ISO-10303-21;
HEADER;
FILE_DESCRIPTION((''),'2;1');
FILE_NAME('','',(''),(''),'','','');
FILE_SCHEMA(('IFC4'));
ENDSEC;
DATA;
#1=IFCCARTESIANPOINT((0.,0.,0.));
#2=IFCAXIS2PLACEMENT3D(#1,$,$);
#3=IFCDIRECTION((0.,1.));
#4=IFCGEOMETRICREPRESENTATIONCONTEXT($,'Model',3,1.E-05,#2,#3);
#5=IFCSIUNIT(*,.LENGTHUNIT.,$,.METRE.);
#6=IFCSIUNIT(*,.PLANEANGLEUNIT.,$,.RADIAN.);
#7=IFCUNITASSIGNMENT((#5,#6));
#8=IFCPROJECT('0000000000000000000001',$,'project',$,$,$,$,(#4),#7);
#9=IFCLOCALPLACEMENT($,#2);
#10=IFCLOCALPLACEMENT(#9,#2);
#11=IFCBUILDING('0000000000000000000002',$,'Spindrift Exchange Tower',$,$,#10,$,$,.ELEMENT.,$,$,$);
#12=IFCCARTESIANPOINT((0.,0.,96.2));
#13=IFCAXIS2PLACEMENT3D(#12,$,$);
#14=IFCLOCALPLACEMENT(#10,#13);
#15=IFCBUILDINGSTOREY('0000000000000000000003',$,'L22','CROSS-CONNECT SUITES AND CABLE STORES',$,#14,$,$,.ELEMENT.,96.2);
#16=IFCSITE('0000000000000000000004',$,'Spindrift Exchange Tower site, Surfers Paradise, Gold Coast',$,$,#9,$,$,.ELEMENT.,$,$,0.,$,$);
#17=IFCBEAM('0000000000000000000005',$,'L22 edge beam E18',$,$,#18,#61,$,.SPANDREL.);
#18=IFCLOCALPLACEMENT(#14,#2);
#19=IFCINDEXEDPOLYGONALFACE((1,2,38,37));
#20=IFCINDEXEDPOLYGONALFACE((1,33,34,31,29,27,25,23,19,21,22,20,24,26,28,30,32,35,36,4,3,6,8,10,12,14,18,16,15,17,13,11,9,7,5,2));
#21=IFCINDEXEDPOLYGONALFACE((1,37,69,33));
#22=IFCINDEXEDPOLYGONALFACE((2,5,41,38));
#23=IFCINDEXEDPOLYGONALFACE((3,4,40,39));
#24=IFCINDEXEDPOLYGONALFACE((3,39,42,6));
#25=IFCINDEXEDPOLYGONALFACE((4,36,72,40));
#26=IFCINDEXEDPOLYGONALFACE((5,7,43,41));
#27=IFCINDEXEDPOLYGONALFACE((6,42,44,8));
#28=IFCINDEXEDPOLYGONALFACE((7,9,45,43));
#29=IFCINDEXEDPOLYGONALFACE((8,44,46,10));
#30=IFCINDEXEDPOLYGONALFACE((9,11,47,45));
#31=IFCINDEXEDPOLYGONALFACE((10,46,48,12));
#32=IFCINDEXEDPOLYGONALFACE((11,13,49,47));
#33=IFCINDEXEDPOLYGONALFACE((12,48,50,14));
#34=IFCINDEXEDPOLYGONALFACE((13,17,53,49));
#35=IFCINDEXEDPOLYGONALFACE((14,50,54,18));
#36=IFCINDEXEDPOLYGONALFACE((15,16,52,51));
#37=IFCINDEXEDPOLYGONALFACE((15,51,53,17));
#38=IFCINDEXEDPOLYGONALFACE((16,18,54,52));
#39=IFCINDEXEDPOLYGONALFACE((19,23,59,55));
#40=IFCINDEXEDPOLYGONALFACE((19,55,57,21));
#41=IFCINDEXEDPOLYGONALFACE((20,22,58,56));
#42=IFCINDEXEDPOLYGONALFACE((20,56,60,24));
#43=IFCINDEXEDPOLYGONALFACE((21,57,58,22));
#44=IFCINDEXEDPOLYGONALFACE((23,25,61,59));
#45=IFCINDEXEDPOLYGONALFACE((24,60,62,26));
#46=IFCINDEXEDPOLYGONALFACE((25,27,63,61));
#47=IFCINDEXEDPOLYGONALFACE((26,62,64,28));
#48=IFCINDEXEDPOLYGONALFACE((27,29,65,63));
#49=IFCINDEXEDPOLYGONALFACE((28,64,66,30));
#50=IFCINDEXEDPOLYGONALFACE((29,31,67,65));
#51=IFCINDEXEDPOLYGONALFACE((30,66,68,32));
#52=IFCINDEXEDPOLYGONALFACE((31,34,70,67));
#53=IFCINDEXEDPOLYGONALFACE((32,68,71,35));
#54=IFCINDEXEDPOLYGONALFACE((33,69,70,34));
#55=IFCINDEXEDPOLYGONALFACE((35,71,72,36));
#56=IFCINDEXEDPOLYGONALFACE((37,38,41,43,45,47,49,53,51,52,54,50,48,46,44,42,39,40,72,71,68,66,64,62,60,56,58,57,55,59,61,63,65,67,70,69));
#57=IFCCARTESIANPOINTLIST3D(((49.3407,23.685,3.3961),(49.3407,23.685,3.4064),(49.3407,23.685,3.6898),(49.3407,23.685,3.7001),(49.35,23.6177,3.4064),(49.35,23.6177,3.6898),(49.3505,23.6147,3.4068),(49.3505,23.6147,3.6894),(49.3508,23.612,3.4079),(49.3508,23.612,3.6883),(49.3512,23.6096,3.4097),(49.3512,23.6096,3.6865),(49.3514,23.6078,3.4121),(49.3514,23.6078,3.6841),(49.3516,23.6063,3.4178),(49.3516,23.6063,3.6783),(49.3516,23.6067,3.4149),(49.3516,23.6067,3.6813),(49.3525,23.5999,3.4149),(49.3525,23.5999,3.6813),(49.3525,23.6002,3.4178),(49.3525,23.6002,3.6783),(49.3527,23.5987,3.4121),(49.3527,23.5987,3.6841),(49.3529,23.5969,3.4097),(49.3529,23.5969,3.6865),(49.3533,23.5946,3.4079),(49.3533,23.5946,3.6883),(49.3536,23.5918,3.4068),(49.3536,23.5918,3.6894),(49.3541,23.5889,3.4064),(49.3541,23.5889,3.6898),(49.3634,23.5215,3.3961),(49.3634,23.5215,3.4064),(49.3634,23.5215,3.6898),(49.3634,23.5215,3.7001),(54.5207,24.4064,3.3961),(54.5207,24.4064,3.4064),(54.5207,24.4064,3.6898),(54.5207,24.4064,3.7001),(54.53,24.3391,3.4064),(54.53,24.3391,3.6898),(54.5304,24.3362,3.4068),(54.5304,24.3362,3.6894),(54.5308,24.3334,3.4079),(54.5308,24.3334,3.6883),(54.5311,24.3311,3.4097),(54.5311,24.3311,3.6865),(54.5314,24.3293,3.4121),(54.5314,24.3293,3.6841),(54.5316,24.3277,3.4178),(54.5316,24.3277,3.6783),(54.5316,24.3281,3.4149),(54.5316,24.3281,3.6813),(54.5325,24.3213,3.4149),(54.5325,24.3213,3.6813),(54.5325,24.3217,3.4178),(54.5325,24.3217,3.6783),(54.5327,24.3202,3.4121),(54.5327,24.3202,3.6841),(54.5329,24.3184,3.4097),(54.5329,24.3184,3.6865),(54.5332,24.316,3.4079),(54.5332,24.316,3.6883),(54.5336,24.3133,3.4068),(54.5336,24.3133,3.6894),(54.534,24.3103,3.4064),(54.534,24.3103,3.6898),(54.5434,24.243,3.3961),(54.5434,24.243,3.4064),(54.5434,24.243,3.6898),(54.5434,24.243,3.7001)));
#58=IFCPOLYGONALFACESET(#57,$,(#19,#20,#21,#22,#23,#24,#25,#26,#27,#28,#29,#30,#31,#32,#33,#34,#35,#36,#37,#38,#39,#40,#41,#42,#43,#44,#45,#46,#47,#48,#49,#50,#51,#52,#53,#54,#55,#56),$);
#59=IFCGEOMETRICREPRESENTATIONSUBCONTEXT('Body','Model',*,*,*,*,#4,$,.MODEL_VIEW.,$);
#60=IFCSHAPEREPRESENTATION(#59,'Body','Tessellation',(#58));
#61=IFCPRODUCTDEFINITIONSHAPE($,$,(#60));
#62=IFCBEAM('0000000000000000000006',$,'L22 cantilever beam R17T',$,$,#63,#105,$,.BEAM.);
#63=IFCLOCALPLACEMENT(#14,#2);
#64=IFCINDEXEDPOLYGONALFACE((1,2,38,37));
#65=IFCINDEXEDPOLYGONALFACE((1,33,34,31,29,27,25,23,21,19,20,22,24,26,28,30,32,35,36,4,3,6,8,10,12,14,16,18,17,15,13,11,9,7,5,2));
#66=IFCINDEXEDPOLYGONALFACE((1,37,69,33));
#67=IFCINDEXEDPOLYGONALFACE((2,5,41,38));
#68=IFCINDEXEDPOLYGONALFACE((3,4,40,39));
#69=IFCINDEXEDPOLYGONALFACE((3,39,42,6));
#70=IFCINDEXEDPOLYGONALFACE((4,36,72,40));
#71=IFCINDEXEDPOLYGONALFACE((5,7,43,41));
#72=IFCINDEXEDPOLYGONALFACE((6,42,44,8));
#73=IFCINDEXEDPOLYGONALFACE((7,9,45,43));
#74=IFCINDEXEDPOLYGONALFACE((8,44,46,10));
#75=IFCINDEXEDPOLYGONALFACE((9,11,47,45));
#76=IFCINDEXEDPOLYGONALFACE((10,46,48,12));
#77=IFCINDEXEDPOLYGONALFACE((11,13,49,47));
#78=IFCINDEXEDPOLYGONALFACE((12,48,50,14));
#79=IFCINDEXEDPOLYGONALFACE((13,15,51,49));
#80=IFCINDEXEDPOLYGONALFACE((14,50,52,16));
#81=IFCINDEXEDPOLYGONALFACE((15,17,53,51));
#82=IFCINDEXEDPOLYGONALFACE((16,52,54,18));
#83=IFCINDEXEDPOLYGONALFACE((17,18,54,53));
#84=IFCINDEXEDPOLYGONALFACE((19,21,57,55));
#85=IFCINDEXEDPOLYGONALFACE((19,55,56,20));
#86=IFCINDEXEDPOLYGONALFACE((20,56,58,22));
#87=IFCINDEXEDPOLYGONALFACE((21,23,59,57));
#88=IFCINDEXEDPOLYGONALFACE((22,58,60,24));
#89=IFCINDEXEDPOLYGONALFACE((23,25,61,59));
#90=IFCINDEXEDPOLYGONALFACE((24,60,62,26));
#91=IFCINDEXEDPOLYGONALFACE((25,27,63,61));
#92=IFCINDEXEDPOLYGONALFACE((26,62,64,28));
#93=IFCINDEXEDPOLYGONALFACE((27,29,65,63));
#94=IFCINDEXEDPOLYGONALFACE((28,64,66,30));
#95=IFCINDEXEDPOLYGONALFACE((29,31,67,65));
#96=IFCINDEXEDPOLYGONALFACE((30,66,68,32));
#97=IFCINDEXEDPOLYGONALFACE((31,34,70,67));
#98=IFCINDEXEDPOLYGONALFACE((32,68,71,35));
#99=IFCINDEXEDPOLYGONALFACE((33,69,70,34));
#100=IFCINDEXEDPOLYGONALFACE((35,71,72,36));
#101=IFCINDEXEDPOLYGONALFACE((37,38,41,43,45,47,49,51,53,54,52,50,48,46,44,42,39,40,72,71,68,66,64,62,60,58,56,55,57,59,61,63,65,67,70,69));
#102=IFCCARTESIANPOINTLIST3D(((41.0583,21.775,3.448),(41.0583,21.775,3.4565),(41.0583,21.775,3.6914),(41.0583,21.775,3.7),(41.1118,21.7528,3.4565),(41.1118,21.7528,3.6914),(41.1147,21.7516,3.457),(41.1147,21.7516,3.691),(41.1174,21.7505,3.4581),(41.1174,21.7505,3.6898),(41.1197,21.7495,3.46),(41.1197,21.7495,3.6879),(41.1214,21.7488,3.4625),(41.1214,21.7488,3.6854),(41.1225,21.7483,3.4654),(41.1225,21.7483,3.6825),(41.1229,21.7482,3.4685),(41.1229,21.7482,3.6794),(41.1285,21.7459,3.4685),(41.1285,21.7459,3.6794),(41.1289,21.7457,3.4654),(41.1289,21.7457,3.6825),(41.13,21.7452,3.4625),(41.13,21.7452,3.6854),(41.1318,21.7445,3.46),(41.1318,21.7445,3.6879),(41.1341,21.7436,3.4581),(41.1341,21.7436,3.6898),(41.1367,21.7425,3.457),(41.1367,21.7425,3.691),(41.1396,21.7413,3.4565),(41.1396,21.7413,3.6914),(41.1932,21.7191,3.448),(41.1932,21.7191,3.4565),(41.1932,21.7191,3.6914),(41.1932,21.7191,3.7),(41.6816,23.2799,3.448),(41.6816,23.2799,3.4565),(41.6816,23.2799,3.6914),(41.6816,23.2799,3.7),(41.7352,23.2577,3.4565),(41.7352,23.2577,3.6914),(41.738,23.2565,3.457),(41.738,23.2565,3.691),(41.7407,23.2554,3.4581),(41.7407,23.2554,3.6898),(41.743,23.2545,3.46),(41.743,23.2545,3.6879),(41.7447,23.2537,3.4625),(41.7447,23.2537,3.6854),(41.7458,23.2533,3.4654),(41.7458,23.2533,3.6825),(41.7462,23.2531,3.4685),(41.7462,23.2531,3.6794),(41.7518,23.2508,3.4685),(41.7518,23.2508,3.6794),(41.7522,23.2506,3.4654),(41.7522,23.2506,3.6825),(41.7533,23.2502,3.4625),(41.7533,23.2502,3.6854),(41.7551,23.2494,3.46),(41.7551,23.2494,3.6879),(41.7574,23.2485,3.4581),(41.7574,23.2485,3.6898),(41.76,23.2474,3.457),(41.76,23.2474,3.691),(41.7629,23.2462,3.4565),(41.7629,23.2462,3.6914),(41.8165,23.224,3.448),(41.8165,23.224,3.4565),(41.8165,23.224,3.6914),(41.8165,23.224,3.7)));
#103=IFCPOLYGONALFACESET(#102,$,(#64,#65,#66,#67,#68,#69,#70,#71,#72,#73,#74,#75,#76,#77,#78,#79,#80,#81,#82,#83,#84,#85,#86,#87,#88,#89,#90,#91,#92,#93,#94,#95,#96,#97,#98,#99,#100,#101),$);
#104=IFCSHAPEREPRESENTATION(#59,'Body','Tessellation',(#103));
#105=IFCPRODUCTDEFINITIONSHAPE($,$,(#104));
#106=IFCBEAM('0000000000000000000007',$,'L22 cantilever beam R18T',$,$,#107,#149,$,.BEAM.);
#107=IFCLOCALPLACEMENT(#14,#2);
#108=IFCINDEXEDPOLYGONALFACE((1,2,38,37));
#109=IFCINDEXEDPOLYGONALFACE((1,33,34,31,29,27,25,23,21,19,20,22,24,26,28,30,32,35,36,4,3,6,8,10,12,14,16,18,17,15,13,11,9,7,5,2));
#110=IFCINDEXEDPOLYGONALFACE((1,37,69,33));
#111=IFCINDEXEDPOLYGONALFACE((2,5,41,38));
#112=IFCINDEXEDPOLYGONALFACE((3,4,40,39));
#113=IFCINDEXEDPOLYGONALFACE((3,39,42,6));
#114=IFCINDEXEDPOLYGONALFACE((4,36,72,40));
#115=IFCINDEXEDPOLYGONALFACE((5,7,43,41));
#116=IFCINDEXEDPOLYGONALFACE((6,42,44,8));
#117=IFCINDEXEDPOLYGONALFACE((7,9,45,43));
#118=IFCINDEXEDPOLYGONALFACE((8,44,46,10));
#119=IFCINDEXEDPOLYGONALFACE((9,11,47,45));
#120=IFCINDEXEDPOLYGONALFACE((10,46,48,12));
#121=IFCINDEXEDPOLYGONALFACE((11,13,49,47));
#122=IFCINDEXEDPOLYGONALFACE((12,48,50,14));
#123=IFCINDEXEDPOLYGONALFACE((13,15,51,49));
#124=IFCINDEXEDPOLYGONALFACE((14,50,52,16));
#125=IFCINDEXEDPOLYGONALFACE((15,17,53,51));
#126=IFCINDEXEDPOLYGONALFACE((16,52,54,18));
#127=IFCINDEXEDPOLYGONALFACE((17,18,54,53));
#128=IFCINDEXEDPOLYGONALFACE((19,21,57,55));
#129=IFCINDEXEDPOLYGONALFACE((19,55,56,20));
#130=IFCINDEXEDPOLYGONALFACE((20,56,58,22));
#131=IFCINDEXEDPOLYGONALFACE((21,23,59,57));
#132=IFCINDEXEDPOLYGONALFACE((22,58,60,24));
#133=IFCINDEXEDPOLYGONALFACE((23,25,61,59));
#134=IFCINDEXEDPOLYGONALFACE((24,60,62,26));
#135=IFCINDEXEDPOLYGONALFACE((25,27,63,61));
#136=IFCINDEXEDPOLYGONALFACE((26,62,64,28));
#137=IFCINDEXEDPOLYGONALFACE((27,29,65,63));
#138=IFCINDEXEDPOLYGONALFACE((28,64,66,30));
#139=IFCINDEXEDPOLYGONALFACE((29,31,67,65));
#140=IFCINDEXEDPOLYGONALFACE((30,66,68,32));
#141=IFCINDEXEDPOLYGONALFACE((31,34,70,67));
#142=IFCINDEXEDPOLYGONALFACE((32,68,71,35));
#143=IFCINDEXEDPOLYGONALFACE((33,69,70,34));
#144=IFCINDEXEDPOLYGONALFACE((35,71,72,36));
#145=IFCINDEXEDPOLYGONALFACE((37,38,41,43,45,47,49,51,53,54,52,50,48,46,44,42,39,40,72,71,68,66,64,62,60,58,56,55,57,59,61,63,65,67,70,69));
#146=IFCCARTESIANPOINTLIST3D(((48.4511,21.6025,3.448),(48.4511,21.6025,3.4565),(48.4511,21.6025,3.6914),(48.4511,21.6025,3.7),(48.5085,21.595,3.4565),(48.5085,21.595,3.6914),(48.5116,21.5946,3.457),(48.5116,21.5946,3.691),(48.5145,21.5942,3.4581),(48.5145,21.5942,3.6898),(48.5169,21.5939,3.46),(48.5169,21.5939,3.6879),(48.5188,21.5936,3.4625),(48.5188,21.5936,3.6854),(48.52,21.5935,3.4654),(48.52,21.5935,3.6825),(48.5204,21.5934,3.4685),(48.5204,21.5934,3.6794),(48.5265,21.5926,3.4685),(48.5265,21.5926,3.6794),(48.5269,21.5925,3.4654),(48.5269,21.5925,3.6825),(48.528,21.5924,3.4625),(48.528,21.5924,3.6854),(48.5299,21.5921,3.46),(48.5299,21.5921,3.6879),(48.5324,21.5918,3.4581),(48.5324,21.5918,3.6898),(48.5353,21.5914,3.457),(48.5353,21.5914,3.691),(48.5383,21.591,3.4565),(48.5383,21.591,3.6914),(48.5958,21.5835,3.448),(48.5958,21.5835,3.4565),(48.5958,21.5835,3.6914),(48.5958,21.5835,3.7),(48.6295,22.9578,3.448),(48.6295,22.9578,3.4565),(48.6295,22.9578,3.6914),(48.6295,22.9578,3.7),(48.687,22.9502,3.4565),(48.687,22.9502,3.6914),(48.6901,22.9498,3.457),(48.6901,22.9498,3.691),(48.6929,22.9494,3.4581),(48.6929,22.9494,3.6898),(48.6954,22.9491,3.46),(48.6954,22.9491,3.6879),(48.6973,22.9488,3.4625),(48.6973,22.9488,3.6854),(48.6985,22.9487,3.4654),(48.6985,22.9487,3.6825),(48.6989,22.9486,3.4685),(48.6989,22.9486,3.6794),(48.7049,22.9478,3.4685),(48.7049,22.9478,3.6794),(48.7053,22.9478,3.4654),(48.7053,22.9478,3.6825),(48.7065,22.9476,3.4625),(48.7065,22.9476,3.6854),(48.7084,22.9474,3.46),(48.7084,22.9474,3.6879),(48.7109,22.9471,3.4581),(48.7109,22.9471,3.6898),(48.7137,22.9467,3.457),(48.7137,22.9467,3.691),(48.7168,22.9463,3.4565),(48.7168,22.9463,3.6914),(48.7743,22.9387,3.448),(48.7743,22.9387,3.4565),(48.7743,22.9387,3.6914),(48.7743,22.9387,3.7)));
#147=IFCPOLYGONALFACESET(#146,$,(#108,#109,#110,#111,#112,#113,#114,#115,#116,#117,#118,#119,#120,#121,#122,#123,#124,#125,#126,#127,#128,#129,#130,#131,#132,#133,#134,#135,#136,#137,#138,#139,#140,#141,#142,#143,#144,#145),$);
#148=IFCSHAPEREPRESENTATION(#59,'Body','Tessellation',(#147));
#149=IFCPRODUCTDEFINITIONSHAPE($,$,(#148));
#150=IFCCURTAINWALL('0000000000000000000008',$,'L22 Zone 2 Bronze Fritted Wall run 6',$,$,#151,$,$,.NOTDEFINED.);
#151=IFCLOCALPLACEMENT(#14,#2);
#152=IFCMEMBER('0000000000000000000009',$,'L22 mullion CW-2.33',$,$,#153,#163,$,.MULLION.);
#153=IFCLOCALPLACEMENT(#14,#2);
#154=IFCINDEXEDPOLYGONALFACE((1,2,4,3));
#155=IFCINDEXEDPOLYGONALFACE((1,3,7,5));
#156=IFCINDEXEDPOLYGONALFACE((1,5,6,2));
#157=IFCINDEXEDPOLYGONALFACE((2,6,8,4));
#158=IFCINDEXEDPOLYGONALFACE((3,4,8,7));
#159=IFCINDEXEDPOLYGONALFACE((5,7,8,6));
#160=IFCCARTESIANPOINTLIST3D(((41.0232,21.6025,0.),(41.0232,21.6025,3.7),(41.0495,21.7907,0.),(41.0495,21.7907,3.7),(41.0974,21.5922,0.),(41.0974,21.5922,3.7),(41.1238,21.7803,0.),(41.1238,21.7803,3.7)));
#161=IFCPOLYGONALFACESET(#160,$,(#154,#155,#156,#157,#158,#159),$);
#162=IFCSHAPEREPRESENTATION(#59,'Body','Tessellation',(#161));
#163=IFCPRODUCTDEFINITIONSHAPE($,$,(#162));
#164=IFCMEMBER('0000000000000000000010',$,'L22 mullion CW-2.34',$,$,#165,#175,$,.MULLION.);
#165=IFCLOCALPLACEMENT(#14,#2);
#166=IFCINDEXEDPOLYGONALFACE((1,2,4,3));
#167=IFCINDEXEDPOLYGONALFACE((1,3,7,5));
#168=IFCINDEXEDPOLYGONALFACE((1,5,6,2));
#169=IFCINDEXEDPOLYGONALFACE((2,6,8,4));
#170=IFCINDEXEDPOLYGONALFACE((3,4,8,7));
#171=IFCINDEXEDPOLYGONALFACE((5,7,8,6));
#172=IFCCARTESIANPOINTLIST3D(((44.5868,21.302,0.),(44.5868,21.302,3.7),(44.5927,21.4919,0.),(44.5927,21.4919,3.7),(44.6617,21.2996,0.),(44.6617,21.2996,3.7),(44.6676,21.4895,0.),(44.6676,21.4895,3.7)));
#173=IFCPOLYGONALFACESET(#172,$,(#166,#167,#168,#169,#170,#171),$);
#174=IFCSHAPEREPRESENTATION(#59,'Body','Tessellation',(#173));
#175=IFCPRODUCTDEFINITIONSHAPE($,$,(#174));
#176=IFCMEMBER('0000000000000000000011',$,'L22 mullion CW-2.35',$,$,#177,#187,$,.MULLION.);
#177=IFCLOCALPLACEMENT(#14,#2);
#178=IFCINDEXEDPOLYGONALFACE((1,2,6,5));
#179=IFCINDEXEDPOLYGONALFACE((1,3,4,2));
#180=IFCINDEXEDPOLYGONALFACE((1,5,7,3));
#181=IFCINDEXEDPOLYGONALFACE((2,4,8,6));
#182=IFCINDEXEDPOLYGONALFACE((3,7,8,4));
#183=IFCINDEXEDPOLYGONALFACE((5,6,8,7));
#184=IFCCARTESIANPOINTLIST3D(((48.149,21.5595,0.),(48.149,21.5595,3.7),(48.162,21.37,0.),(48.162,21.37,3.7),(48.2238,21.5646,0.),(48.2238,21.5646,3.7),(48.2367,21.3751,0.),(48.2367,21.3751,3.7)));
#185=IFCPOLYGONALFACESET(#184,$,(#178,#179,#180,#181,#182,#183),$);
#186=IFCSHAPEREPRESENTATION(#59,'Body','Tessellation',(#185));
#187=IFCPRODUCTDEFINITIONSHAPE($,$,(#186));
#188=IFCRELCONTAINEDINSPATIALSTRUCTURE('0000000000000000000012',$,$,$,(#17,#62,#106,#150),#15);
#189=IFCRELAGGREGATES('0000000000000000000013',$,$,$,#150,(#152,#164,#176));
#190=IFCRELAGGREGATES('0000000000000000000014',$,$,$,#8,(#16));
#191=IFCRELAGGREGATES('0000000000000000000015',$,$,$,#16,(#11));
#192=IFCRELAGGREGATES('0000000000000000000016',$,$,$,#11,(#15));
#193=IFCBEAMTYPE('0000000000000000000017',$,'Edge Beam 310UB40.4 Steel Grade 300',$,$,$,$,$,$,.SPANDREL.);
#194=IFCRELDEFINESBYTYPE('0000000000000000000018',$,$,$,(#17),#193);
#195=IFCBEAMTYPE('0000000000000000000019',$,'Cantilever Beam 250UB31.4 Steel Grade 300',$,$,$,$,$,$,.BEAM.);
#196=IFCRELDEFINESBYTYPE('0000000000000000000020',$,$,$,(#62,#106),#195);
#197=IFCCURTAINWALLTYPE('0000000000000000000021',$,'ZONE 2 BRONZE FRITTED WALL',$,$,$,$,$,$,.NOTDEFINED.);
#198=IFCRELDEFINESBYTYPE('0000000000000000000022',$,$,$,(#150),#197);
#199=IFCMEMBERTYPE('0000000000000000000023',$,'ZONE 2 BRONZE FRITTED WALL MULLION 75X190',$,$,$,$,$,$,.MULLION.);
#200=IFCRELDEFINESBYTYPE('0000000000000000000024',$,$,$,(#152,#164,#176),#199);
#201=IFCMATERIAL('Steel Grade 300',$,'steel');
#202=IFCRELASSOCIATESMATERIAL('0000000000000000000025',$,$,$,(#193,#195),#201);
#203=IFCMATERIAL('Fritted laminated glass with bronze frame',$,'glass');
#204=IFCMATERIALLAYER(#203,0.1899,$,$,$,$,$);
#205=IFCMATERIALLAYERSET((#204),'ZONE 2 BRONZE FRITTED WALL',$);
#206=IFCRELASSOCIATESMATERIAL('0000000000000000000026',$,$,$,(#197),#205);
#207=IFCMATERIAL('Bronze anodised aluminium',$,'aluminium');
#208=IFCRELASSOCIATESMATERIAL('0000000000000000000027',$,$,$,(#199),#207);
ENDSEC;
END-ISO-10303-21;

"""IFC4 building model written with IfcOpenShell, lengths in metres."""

from ifc_helpers import new_model, si_unit, direction, frame, origin, origin_2d, place, context, subcontext, project, spatial, rectangle, i_section, extrude, source, transform, mapped, material, layer, layer_set, material_profile, profile_set, type_object, element, aggregate, save


model = new_model("IFC4")

# Units and contexts
model_context = context("Model", 3, precision=1e-05, world=origin(), true_north=direction((0.0, 1.0)))
body_context = subcontext(model_context, "Body", "Model", "MODEL_VIEW")
ifc_project = project(units=[si_unit("LENGTHUNIT", "METRE"), si_unit("PLANEANGLEUNIT", "RADIAN")], contexts=[model_context])

# Site, building, storey
site_placement = place(None, origin())
site = spatial("IfcSite", under=ifc_project, at=site_placement, Name="Spindrift Exchange Tower site, Surfers Paradise, Gold Coast", CompositionType="ELEMENT", RefElevation=0.0)
building_placement = place(site_placement, origin())
building = spatial("IfcBuilding", under=site, at=building_placement, Name="Spindrift Exchange Tower", CompositionType="ELEMENT")
storey_placement = place(building_placement, frame((0.0, 0.0, 96.2)))
storey = spatial("IfcBuildingStorey", under=building, at=storey_placement, Name="L22", Description="CROSS-CONNECT SUITES AND CABLE STORES", CompositionType="ELEMENT", Elevation=96.2)

# Beams
ifc_material_1 = material(Name="Steel Grade 300", Category="steel")
ifc_material_profile_1 = material_profile(ifc_material_1, i_section(OverallWidth=0.165, OverallDepth=0.304, WebThickness=0.0061, FlangeThickness=0.0103, FilletRadius=0.0115, at=origin_2d()), Name="310UB40.4")
ifc_profile_set_1 = profile_set([ifc_material_profile_1], Name="Steel Grade 300")
beam_type_1 = type_object("IfcBeamType", Name="Edge Beam 310UB40.4 Steel Grade 300", PredefinedType="SPANDREL", material=ifc_profile_set_1)
shared_shape_1 = source(origin(), body_context, "Body", "SweptSolid", [
    extrude(i_section(OverallWidth=0.165, OverallDepth=0.304, WebThickness=0.0061, FlangeThickness=0.0103, FilletRadius=0.0115, at=origin_2d()), origin(), (0.0, 0.0, 1.0), 5.23),
])
beam_1_placement = place(storey_placement, frame((49.3521, 23.6033, 3.5481), z_axis=(0.99044, 0.137944, 0.0), x_axis=(-0.137944, 0.99044, 0.0)))
element("IfcBeam", 1, at=beam_1_placement, inside=storey, type_object=beam_type_1, Name="L22 edge beam E18", PredefinedType="SPANDREL", context=body_context, shape_type="MappedRepresentation", body=[
    mapped(shared_shape_1, transform((0.0, 0.0, 0.0), scale=1.0)),
])
ifc_material_profile_2 = material_profile(ifc_material_1, i_section(OverallWidth=0.146, OverallDepth=0.252, WebThickness=0.0061, FlangeThickness=0.0085, FilletRadius=0.012, at=origin_2d()), Name="250UB31.4")
ifc_profile_set_2 = profile_set([ifc_material_profile_2], Name="Steel Grade 300")
beam_type_2 = type_object("IfcBeamType", Name="Cantilever Beam 250UB31.4 Steel Grade 300", PredefinedType="BEAM", material=ifc_profile_set_2)
shared_shape_2 = source(origin(), body_context, "Body", "SweptSolid", [
    extrude(i_section(OverallWidth=0.146, OverallDepth=0.252, WebThickness=0.0061, FlangeThickness=0.0085, FilletRadius=0.012, at=origin_2d()), origin(), (0.0, 0.0, 1.0), 1.6289),
])
beam_2_placement = place(storey_placement, frame((41.749, 23.252, 3.574), z_axis=(-0.382656, -0.923891, 0.0), x_axis=(0.923891, -0.382656, 0.0)))
element("IfcBeam", 2, at=beam_2_placement, inside=storey, type_object=beam_type_2, Name="L22 cantilever beam R17T", PredefinedType="BEAM", context=body_context, shape_type="MappedRepresentation", body=[
    mapped(shared_shape_2, transform((0.0, 0.0, 0.0), scale=1.0)),
])
shared_shape_3 = source(origin(), body_context, "Body", "SweptSolid", [
    extrude(i_section(OverallWidth=0.146, OverallDepth=0.252, WebThickness=0.0061, FlangeThickness=0.0085, FilletRadius=0.012, at=origin_2d()), origin(), (0.0, 0.0, 1.0), 1.3669),
])
beam_3_placement = place(storey_placement, frame((48.7019, 22.9482, 3.574), z_axis=(-0.130561, -0.99144, 0.0), x_axis=(0.99144, -0.130561, 0.0)))
element("IfcBeam", 3, at=beam_3_placement, inside=storey, type_object=beam_type_2, Name="L22 cantilever beam R18T", PredefinedType="BEAM", context=body_context, shape_type="MappedRepresentation", body=[
    mapped(shared_shape_3, transform((0.0, 0.0, 0.0), scale=1.0)),
])

# Curtain wall, members
ifc_material_2 = material(Name="Fritted laminated glass with bronze frame", Category="glass")
ifc_layer_1 = layer(ifc_material_2, 0.1899)
ifc_layer_set_1 = layer_set([ifc_layer_1], Name="ZONE 2 BRONZE FRITTED WALL")
curtain_wall_type = type_object("IfcCurtainWallType", Name="ZONE 2 BRONZE FRITTED WALL", PredefinedType="NOTDEFINED", material=ifc_layer_set_1)
curtain_wall_placement = place(storey_placement, origin())
curtain_wall = element("IfcCurtainWall", 4, at=curtain_wall_placement, inside=storey, type_object=curtain_wall_type, Name="L22 Zone 2 Bronze Fritted Wall run 6", PredefinedType="NOTDEFINED")
ifc_material_3 = material(Name="Bronze anodised aluminium", Category="aluminium")
ifc_material_profile_3 = material_profile(ifc_material_3, rectangle(XDim=0.075, YDim=0.1899, at=origin_2d()), Name="ZONE 2 BRONZE FRITTED WALL MULLION 75X190")
ifc_profile_set_3 = profile_set([ifc_material_profile_3], Name="Bronze anodised aluminium")
member_type_1 = type_object("IfcMemberType", Name="ZONE 2 BRONZE FRITTED WALL MULLION 75X190", PredefinedType="MULLION", material=ifc_profile_set_3)
shared_shape_4 = source(origin(), body_context, "Body", "SweptSolid", [
    extrude(rectangle(XDim=0.075, YDim=0.1899, at=origin_2d()), origin(), (0.0, 0.0, 1.0), 3.7),
])
member_1_placement = place(storey_placement, frame((41.0735, 21.6914, 0.0), z_axis=(0.0, 0.0, 1.0), x_axis=(0.99036, -0.138517, 0.0)))
member_1 = element("IfcMember", 5, at=member_1_placement, type_object=member_type_1, Name="L22 mullion CW-2.33", PredefinedType="MULLION", context=body_context, shape_type="MappedRepresentation", body=[
    mapped(shared_shape_4, transform((0.0, 0.0, 0.0), scale=1.0)),
])
member_2_placement = place(storey_placement, frame((44.6272, 21.3958, 0.0), z_axis=(0.0, 0.0, 1.0), x_axis=(0.999505, -0.031451, 0.0)))
member_2 = element("IfcMember", 6, at=member_2_placement, type_object=member_type_1, Name="L22 mullion CW-2.34", PredefinedType="MULLION", context=body_context, shape_type="MappedRepresentation", body=[
    mapped(shared_shape_4, transform((0.0, 0.0, 0.0), scale=1.0)),
])
member_3_placement = place(storey_placement, frame((48.1929, 21.4673, 0.0), z_axis=(0.0, 0.0, 1.0), x_axis=(0.997674, 0.068173, 0.0)))
member_3 = element("IfcMember", 7, at=member_3_placement, type_object=member_type_1, Name="L22 mullion CW-2.35", PredefinedType="MULLION", context=body_context, shape_type="MappedRepresentation", body=[
    mapped(shared_shape_4, transform((0.0, 0.0, 0.0), scale=1.0)),
])
aggregate(curtain_wall, [member_1, member_2, member_3])

save(model, "model.ifc")
